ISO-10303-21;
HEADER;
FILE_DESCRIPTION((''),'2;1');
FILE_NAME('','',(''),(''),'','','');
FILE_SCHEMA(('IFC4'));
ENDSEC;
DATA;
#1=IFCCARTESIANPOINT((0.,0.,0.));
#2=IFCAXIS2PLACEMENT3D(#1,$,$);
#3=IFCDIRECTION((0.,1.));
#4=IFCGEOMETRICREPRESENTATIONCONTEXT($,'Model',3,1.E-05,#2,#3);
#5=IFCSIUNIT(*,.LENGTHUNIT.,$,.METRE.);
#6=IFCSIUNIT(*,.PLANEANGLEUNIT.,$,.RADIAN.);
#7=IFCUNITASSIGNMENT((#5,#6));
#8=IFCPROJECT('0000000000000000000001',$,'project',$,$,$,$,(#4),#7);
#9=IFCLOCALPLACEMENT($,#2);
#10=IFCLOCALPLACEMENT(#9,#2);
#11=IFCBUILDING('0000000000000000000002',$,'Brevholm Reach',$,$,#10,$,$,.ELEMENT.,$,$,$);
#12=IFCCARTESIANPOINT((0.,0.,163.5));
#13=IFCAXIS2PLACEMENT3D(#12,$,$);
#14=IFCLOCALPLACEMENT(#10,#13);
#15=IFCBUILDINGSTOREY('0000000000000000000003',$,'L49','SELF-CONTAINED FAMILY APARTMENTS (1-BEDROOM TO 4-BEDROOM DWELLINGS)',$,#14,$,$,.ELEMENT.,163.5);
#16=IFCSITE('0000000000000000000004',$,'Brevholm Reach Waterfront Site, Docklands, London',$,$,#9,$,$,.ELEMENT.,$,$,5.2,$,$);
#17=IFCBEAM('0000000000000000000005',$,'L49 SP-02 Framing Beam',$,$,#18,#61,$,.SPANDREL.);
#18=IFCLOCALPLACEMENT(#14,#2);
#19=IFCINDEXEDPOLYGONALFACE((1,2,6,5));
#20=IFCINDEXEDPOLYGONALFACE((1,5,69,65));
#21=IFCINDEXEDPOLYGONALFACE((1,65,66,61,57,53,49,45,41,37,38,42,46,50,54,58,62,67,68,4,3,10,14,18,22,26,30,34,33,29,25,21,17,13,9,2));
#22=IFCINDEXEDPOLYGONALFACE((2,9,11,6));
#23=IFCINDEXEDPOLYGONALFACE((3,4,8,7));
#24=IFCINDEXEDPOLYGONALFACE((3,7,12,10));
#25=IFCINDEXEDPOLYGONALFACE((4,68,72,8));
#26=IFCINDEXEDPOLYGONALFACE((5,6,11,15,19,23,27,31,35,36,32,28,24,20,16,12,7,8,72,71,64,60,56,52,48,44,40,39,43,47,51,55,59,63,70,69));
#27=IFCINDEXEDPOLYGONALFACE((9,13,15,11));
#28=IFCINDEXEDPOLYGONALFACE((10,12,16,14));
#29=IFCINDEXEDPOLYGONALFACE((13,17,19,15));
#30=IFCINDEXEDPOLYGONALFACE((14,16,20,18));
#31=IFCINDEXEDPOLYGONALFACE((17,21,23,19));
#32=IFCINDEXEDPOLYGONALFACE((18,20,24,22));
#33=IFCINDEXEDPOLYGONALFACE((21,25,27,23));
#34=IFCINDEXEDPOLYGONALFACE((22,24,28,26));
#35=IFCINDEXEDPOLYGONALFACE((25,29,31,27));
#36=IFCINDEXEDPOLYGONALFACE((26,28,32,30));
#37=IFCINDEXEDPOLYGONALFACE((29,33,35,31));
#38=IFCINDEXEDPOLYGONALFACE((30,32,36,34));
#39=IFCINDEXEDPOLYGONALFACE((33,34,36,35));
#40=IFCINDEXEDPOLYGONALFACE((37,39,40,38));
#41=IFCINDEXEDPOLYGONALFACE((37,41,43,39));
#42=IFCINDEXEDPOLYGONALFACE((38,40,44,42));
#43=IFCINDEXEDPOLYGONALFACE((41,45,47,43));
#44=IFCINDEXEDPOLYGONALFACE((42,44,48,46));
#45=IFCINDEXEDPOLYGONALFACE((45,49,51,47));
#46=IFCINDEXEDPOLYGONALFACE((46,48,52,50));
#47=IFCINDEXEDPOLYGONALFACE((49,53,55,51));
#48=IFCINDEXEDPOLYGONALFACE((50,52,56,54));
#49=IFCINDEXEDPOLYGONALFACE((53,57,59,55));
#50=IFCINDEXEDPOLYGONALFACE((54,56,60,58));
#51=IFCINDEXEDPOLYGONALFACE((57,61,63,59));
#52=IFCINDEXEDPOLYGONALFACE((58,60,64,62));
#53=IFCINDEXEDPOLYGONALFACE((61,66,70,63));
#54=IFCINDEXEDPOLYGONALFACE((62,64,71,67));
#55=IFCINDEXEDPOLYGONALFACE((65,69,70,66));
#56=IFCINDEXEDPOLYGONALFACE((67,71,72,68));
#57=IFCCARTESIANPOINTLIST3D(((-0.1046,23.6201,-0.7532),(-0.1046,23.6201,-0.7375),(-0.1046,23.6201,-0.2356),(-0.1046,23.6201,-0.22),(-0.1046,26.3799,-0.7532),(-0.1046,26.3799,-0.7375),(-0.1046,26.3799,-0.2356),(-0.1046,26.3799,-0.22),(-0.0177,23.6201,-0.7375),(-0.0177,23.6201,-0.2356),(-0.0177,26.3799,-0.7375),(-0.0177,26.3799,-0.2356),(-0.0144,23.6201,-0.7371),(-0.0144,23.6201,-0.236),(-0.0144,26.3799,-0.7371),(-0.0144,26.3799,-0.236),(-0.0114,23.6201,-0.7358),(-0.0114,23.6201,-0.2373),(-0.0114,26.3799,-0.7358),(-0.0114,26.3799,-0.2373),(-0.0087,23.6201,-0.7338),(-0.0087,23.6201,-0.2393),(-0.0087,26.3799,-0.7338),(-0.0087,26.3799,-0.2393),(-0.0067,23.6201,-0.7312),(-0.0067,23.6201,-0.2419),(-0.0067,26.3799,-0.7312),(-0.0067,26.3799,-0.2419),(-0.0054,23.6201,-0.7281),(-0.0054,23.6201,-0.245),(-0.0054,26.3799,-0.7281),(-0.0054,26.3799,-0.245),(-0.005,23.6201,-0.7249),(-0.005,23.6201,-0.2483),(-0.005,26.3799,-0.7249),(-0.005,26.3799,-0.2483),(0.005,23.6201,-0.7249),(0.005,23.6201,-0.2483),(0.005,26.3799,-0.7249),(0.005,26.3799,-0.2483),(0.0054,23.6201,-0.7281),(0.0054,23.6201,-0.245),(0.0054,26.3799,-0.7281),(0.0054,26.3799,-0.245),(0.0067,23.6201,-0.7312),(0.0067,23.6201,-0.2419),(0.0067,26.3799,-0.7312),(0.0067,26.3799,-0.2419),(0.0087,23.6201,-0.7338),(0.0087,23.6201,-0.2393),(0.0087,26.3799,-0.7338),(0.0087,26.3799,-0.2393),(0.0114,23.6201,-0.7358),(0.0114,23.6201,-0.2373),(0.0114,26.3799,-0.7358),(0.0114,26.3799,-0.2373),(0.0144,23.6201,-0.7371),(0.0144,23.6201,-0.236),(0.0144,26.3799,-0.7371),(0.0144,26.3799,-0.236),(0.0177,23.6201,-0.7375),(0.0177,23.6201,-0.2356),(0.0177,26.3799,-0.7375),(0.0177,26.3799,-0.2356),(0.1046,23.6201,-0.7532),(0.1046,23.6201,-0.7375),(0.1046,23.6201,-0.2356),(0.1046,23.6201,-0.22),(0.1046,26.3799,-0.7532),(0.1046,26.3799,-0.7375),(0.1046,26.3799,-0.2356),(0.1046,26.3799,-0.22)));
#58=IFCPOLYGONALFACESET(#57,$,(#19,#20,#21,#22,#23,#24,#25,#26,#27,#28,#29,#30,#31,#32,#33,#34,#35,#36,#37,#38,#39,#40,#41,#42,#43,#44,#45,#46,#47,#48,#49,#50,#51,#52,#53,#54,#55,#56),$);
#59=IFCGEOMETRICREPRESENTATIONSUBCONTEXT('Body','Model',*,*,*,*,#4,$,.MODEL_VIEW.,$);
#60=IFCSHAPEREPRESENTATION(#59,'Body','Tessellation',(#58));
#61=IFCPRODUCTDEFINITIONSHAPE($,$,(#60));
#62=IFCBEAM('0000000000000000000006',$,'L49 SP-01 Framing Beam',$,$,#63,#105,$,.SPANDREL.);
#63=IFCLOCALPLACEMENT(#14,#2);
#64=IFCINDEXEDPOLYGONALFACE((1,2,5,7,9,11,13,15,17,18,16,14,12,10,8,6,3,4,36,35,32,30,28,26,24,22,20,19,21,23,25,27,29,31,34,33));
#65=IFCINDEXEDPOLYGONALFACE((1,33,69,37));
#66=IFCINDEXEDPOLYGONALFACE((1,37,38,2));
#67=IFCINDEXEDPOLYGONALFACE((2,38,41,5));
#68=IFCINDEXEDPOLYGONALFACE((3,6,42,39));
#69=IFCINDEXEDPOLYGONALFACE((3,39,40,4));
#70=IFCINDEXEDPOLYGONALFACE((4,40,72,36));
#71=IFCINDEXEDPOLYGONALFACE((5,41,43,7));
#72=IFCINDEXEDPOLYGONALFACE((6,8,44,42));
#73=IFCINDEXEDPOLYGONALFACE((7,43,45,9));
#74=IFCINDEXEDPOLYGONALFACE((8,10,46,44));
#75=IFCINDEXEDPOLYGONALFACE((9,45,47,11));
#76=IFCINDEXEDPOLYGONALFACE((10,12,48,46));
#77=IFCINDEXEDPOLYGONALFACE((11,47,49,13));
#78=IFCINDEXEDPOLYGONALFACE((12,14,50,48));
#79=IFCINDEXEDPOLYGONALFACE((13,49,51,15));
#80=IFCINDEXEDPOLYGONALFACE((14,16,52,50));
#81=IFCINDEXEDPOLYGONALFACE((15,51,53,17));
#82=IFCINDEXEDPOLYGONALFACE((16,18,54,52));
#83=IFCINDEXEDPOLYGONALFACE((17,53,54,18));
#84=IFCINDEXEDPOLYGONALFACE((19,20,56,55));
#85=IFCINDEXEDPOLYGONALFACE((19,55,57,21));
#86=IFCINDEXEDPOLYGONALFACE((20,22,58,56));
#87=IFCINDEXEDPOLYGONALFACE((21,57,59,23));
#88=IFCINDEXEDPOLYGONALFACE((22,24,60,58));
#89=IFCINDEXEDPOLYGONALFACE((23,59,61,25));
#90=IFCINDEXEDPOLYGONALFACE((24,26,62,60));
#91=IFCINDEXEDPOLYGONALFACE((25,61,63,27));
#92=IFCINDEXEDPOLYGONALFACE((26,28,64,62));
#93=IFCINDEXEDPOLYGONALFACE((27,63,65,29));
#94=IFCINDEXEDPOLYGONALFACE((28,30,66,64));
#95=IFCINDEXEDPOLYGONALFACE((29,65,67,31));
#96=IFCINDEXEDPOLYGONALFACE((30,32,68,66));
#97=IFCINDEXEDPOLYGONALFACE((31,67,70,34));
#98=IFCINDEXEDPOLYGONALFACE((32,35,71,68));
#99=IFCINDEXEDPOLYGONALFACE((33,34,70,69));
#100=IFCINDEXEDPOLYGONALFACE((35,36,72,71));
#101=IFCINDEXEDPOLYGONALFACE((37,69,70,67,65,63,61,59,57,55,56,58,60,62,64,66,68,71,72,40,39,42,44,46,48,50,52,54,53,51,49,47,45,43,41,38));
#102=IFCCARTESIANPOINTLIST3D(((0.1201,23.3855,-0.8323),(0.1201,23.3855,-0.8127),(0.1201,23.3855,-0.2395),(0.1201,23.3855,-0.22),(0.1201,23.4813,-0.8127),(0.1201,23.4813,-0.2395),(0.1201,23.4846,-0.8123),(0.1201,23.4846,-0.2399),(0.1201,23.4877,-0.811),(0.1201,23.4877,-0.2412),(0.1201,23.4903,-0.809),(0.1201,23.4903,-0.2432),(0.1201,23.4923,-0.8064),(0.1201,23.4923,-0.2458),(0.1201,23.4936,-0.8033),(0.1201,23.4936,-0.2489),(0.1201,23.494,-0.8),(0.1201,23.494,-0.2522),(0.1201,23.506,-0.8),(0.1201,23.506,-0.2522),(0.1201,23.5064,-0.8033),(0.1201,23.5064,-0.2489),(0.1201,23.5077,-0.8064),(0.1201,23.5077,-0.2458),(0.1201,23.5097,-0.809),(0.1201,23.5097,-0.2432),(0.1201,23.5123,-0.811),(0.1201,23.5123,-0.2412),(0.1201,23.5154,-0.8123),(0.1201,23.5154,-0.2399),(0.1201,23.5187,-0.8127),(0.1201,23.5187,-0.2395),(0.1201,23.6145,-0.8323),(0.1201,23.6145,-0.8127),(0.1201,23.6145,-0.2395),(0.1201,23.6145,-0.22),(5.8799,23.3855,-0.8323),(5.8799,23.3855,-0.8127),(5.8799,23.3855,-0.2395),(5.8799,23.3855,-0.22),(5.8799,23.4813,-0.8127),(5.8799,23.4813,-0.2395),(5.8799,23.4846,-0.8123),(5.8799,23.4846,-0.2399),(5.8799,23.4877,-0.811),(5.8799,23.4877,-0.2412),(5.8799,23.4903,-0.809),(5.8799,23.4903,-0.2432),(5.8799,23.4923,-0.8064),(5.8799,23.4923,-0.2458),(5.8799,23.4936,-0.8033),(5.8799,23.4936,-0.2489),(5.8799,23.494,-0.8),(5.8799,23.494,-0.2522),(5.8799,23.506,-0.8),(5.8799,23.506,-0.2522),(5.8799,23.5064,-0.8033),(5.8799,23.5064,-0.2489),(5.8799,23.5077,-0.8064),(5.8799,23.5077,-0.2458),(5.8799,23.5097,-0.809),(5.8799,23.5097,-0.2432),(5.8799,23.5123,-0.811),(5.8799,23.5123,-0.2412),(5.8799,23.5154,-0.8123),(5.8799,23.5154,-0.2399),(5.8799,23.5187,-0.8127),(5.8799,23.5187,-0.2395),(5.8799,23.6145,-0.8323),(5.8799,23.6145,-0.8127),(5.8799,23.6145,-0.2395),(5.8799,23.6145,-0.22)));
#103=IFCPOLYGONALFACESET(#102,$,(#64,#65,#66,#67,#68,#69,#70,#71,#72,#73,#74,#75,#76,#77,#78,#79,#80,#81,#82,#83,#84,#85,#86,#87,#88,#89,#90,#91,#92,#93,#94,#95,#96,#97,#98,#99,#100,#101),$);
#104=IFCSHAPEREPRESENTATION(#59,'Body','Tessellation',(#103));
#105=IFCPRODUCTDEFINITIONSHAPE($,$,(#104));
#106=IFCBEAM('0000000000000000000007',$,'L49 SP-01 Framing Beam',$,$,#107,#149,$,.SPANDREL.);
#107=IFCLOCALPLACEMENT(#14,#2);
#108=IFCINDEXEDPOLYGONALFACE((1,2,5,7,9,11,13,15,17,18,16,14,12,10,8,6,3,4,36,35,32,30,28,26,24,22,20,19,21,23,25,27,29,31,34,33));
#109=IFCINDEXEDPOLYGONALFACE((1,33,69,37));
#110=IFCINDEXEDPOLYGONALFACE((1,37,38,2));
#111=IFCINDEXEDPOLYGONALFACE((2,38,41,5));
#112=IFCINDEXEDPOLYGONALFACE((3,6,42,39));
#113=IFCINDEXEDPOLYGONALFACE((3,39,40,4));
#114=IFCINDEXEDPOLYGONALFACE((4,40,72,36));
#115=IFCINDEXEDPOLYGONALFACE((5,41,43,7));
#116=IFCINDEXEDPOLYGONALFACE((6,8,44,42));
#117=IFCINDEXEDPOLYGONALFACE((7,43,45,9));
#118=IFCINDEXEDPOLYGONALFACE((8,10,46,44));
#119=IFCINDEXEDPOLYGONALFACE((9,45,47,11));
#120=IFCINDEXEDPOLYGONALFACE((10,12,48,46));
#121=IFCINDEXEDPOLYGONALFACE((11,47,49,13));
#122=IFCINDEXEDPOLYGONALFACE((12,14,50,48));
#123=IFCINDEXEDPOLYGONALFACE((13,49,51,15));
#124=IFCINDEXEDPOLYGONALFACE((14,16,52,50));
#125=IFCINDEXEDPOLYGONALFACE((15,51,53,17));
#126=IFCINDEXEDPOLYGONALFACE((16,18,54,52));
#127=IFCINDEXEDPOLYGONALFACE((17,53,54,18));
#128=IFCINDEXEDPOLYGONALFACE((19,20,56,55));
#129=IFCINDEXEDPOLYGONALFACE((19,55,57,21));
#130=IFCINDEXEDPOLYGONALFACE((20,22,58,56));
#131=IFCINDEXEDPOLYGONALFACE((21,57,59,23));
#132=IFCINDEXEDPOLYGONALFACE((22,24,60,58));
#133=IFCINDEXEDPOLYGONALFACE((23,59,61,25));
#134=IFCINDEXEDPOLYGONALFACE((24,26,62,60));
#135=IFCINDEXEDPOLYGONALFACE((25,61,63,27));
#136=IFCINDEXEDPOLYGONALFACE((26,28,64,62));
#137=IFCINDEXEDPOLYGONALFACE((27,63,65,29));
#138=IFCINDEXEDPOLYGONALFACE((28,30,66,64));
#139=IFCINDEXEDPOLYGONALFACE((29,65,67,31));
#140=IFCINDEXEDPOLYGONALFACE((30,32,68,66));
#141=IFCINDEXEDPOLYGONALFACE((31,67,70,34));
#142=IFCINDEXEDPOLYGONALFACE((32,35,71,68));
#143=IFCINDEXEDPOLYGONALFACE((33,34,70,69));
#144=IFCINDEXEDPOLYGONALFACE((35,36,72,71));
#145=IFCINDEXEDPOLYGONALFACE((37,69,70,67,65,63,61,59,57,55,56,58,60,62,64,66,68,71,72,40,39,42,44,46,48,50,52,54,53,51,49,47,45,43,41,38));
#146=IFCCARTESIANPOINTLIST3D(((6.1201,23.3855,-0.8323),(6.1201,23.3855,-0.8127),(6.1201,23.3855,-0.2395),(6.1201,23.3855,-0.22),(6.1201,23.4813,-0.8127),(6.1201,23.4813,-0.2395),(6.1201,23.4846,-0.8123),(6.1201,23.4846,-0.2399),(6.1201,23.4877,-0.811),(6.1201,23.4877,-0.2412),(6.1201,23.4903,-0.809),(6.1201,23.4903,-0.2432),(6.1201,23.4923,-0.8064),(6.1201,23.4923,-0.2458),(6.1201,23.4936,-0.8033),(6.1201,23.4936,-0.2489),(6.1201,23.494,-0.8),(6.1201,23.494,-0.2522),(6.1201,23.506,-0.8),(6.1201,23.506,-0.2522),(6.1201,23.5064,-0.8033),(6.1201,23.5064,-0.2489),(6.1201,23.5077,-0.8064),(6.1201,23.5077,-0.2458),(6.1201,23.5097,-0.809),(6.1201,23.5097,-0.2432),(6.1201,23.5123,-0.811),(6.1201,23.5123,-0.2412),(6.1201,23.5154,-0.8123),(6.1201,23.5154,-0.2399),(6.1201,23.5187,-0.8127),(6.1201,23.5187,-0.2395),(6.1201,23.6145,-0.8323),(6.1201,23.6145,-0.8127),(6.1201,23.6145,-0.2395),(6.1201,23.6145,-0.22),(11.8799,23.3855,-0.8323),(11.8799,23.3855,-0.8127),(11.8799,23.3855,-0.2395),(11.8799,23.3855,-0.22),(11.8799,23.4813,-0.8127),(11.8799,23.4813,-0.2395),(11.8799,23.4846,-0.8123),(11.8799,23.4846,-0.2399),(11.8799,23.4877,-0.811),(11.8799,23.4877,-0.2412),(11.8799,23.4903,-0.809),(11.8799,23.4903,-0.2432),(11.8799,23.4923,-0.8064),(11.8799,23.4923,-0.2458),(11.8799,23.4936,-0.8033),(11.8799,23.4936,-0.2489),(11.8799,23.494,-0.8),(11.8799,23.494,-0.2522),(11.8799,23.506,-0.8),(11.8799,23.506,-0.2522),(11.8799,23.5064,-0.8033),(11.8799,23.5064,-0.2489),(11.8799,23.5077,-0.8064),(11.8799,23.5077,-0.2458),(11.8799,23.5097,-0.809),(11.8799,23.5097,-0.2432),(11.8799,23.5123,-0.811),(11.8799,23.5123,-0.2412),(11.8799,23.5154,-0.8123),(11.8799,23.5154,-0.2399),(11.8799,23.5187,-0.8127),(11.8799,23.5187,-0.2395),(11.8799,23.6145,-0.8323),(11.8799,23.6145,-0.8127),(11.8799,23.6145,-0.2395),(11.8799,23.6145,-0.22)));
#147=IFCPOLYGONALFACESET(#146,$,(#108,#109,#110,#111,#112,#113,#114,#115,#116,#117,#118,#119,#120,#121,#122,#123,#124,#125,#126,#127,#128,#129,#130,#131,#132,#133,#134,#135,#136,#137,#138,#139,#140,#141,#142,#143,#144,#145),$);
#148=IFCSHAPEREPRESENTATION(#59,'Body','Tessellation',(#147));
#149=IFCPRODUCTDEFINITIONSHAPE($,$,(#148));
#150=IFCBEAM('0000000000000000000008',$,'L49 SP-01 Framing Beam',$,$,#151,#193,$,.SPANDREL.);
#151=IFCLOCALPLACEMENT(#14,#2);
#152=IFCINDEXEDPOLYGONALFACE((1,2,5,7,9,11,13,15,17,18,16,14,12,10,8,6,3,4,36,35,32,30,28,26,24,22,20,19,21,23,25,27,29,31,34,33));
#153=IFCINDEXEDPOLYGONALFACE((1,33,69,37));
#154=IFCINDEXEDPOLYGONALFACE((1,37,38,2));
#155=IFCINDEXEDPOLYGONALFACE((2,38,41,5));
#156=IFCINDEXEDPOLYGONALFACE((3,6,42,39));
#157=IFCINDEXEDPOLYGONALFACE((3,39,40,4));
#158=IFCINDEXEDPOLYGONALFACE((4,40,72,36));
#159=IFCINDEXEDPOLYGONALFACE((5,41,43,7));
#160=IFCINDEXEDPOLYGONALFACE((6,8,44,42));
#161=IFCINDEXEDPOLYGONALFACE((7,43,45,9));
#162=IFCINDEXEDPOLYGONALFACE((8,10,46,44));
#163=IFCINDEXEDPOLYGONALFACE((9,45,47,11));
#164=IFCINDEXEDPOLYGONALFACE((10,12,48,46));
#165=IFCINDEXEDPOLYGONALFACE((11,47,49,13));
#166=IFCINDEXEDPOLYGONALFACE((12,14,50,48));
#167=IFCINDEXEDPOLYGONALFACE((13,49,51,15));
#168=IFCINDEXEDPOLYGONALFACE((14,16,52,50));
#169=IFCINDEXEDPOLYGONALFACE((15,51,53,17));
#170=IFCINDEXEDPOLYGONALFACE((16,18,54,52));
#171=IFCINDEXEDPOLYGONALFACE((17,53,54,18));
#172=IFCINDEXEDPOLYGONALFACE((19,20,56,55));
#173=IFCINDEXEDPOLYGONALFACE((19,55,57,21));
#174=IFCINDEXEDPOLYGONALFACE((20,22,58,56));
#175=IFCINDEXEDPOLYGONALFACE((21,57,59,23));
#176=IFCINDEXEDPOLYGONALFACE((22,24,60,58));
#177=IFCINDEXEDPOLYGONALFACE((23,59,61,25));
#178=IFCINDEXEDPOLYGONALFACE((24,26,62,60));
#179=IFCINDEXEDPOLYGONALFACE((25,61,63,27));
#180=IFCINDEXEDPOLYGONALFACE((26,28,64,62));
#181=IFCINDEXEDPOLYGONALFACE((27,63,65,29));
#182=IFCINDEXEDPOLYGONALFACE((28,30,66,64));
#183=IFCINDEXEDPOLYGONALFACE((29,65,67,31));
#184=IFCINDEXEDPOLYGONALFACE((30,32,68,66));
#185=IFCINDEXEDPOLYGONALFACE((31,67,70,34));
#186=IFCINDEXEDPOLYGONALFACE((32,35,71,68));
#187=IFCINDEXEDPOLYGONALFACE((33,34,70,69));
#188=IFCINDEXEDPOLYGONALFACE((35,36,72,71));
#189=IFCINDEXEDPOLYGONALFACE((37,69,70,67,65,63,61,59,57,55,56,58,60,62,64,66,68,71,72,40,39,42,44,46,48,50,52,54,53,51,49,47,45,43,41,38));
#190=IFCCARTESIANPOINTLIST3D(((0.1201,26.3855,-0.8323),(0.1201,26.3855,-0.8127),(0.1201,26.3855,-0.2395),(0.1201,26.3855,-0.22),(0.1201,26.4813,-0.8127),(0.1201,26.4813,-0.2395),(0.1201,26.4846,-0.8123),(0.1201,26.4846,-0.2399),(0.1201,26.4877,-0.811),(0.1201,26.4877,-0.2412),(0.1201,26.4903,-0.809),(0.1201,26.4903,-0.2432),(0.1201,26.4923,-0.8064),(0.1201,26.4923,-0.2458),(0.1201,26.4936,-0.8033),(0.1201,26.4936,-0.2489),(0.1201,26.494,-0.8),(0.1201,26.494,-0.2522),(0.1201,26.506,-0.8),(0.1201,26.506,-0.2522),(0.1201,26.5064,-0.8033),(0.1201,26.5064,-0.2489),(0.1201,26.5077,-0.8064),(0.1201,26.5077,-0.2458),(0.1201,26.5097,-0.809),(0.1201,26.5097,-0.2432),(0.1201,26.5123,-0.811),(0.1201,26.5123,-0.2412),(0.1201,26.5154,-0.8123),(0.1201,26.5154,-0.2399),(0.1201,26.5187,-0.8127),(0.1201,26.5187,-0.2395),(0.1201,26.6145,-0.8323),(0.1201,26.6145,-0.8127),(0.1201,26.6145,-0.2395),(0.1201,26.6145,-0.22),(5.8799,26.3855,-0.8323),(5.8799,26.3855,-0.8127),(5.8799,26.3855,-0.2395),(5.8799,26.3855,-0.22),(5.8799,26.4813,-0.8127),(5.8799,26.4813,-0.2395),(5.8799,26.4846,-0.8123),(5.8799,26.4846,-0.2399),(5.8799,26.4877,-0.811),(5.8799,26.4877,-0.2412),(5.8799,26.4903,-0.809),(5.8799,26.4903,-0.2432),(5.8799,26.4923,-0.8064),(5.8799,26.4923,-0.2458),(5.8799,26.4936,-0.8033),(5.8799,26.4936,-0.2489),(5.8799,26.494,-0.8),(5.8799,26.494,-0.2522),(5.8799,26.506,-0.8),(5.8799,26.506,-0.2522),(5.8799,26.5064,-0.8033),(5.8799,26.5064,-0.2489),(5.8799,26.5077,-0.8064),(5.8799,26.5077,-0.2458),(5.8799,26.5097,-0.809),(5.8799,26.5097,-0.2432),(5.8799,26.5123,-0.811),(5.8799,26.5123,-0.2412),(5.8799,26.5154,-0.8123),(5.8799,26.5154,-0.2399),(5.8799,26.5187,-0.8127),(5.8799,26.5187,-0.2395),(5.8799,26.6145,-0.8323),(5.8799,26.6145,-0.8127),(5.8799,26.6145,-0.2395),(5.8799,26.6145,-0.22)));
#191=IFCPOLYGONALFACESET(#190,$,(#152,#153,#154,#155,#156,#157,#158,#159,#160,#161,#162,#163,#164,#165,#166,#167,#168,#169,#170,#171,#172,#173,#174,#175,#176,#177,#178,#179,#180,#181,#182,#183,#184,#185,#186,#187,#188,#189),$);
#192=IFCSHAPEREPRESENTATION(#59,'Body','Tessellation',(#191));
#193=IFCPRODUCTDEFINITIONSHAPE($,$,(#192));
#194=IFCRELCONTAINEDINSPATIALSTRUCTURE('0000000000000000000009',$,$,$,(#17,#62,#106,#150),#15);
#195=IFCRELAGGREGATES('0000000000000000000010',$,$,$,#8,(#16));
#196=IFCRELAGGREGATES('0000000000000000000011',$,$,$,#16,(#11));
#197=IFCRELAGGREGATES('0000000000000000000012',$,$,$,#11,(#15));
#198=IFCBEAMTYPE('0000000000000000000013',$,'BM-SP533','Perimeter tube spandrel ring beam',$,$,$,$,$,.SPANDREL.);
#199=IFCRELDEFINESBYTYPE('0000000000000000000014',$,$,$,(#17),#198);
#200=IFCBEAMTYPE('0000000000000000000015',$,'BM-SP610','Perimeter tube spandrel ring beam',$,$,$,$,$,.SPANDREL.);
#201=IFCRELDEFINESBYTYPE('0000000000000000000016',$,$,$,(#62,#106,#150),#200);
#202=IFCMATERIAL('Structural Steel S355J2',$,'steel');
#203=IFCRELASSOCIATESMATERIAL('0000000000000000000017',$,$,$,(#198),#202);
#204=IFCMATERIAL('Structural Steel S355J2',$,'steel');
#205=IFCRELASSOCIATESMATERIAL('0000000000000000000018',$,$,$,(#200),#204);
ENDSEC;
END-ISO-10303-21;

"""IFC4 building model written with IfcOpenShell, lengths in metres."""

from ifc_helpers import new_model, si_unit, direction, frame, origin, origin_2d, place, context, subcontext, project, spatial, i_section, extrude, material, material_profile, profile_set, type_object, element, save


model = new_model("IFC4")

# Units and contexts
model_context = context("Model", 3, precision=1e-05, world=origin(), true_north=direction((0.0, 1.0)))
body_context = subcontext(model_context, "Body", "Model", "MODEL_VIEW")
ifc_project = project(units=[si_unit("LENGTHUNIT", "METRE"), si_unit("PLANEANGLEUNIT", "RADIAN")], contexts=[model_context])

# Site, building, storey
site_placement = place(None, origin())
site = spatial("IfcSite", under=ifc_project, at=site_placement, Name="Brevholm Reach Waterfront Site, Docklands, London", CompositionType="ELEMENT", RefElevation=5.2)
building_placement = place(site_placement, origin())
building = spatial("IfcBuilding", under=site, at=building_placement, Name="Brevholm Reach", CompositionType="ELEMENT")
storey_placement = place(building_placement, frame((0.0, 0.0, 163.5)))
storey = spatial("IfcBuildingStorey", under=building, at=storey_placement, Name="L49", Description="SELF-CONTAINED FAMILY APARTMENTS (1-BEDROOM TO 4-BEDROOM DWELLINGS)", CompositionType="ELEMENT", Elevation=163.5)

# Beams
ifc_material_1 = material(Name="Structural Steel S355J2", Category="steel")
ifc_material_profile_1 = material_profile(ifc_material_1, i_section(OverallWidth=0.2092, OverallDepth=0.5332, WebThickness=0.01, FlangeThickness=0.0156, FilletRadius=0.0127, at=origin_2d()), Name="UKB 533x210x92")
ifc_profile_set_1 = profile_set([ifc_material_profile_1], Name="Structural Steel S355J2")
beam_type_1 = type_object("IfcBeamType", Name="BM-SP533", Description="Perimeter tube spandrel ring beam", PredefinedType="SPANDREL", material=ifc_profile_set_1)
beam_1_placement = place(storey_placement, frame((0.0, 23.6201, -0.4866), z_axis=(0.0, 1.0, 0.0), x_axis=(-1.0, 0.0, 0.0)))
element("IfcBeam", 1, at=beam_1_placement, inside=storey, type_object=beam_type_1, Name="L49 SP-02 Framing Beam", PredefinedType="SPANDREL", context=body_context, shape_type="SweptSolid", body=[
    extrude(i_section(OverallWidth=0.2092, OverallDepth=0.5332, WebThickness=0.01, FlangeThickness=0.0156, FilletRadius=0.0127, at=origin_2d()), origin(), (0.0, 0.0, 1.0), 2.7598),
])
ifc_material_2 = material(Name="Structural Steel S355J2", Category="steel")
ifc_material_profile_2 = material_profile(ifc_material_2, i_section(OverallWidth=0.229, OverallDepth=0.6123, WebThickness=0.012, FlangeThickness=0.0195, FilletRadius=0.0127, at=origin_2d()), Name="UKB 610x229x125")
ifc_profile_set_2 = profile_set([ifc_material_profile_2], Name="Structural Steel S355J2")
beam_type_2 = type_object("IfcBeamType", Name="BM-SP610", Description="Perimeter tube spandrel ring beam", PredefinedType="SPANDREL", material=ifc_profile_set_2)
for number, where, z_axis, x_axis, name in (
    (2, (0.1201, 23.5, -0.5261), (1.0, 0.0, 0.0), (0.0, 1.0, 0.0), "L49 SP-01 Framing Beam"),
    (3, (6.1201, 23.5, -0.5261), (1.0, 0.0, 0.0), (0.0, 1.0, 0.0), "L49 SP-01 Framing Beam"),
    (4, (0.1201, 26.5, -0.5261), (1.0, 0.0, 0.0), (0.0, 1.0, 0.0), "L49 SP-01 Framing Beam"),
):
    element("IfcBeam", number, at=place(storey_placement, frame(where, z_axis=z_axis, x_axis=x_axis)), inside=storey, type_object=beam_type_2, Name=name, PredefinedType="SPANDREL", context=body_context, shape_type="SweptSolid", body=[
        extrude(i_section(OverallWidth=0.229, OverallDepth=0.6123, WebThickness=0.012, FlangeThickness=0.0195, FilletRadius=0.0127, at=origin_2d()), origin(), (0.0, 0.0, 1.0), 5.7598),
    ])

save(model, "model.ifc")
